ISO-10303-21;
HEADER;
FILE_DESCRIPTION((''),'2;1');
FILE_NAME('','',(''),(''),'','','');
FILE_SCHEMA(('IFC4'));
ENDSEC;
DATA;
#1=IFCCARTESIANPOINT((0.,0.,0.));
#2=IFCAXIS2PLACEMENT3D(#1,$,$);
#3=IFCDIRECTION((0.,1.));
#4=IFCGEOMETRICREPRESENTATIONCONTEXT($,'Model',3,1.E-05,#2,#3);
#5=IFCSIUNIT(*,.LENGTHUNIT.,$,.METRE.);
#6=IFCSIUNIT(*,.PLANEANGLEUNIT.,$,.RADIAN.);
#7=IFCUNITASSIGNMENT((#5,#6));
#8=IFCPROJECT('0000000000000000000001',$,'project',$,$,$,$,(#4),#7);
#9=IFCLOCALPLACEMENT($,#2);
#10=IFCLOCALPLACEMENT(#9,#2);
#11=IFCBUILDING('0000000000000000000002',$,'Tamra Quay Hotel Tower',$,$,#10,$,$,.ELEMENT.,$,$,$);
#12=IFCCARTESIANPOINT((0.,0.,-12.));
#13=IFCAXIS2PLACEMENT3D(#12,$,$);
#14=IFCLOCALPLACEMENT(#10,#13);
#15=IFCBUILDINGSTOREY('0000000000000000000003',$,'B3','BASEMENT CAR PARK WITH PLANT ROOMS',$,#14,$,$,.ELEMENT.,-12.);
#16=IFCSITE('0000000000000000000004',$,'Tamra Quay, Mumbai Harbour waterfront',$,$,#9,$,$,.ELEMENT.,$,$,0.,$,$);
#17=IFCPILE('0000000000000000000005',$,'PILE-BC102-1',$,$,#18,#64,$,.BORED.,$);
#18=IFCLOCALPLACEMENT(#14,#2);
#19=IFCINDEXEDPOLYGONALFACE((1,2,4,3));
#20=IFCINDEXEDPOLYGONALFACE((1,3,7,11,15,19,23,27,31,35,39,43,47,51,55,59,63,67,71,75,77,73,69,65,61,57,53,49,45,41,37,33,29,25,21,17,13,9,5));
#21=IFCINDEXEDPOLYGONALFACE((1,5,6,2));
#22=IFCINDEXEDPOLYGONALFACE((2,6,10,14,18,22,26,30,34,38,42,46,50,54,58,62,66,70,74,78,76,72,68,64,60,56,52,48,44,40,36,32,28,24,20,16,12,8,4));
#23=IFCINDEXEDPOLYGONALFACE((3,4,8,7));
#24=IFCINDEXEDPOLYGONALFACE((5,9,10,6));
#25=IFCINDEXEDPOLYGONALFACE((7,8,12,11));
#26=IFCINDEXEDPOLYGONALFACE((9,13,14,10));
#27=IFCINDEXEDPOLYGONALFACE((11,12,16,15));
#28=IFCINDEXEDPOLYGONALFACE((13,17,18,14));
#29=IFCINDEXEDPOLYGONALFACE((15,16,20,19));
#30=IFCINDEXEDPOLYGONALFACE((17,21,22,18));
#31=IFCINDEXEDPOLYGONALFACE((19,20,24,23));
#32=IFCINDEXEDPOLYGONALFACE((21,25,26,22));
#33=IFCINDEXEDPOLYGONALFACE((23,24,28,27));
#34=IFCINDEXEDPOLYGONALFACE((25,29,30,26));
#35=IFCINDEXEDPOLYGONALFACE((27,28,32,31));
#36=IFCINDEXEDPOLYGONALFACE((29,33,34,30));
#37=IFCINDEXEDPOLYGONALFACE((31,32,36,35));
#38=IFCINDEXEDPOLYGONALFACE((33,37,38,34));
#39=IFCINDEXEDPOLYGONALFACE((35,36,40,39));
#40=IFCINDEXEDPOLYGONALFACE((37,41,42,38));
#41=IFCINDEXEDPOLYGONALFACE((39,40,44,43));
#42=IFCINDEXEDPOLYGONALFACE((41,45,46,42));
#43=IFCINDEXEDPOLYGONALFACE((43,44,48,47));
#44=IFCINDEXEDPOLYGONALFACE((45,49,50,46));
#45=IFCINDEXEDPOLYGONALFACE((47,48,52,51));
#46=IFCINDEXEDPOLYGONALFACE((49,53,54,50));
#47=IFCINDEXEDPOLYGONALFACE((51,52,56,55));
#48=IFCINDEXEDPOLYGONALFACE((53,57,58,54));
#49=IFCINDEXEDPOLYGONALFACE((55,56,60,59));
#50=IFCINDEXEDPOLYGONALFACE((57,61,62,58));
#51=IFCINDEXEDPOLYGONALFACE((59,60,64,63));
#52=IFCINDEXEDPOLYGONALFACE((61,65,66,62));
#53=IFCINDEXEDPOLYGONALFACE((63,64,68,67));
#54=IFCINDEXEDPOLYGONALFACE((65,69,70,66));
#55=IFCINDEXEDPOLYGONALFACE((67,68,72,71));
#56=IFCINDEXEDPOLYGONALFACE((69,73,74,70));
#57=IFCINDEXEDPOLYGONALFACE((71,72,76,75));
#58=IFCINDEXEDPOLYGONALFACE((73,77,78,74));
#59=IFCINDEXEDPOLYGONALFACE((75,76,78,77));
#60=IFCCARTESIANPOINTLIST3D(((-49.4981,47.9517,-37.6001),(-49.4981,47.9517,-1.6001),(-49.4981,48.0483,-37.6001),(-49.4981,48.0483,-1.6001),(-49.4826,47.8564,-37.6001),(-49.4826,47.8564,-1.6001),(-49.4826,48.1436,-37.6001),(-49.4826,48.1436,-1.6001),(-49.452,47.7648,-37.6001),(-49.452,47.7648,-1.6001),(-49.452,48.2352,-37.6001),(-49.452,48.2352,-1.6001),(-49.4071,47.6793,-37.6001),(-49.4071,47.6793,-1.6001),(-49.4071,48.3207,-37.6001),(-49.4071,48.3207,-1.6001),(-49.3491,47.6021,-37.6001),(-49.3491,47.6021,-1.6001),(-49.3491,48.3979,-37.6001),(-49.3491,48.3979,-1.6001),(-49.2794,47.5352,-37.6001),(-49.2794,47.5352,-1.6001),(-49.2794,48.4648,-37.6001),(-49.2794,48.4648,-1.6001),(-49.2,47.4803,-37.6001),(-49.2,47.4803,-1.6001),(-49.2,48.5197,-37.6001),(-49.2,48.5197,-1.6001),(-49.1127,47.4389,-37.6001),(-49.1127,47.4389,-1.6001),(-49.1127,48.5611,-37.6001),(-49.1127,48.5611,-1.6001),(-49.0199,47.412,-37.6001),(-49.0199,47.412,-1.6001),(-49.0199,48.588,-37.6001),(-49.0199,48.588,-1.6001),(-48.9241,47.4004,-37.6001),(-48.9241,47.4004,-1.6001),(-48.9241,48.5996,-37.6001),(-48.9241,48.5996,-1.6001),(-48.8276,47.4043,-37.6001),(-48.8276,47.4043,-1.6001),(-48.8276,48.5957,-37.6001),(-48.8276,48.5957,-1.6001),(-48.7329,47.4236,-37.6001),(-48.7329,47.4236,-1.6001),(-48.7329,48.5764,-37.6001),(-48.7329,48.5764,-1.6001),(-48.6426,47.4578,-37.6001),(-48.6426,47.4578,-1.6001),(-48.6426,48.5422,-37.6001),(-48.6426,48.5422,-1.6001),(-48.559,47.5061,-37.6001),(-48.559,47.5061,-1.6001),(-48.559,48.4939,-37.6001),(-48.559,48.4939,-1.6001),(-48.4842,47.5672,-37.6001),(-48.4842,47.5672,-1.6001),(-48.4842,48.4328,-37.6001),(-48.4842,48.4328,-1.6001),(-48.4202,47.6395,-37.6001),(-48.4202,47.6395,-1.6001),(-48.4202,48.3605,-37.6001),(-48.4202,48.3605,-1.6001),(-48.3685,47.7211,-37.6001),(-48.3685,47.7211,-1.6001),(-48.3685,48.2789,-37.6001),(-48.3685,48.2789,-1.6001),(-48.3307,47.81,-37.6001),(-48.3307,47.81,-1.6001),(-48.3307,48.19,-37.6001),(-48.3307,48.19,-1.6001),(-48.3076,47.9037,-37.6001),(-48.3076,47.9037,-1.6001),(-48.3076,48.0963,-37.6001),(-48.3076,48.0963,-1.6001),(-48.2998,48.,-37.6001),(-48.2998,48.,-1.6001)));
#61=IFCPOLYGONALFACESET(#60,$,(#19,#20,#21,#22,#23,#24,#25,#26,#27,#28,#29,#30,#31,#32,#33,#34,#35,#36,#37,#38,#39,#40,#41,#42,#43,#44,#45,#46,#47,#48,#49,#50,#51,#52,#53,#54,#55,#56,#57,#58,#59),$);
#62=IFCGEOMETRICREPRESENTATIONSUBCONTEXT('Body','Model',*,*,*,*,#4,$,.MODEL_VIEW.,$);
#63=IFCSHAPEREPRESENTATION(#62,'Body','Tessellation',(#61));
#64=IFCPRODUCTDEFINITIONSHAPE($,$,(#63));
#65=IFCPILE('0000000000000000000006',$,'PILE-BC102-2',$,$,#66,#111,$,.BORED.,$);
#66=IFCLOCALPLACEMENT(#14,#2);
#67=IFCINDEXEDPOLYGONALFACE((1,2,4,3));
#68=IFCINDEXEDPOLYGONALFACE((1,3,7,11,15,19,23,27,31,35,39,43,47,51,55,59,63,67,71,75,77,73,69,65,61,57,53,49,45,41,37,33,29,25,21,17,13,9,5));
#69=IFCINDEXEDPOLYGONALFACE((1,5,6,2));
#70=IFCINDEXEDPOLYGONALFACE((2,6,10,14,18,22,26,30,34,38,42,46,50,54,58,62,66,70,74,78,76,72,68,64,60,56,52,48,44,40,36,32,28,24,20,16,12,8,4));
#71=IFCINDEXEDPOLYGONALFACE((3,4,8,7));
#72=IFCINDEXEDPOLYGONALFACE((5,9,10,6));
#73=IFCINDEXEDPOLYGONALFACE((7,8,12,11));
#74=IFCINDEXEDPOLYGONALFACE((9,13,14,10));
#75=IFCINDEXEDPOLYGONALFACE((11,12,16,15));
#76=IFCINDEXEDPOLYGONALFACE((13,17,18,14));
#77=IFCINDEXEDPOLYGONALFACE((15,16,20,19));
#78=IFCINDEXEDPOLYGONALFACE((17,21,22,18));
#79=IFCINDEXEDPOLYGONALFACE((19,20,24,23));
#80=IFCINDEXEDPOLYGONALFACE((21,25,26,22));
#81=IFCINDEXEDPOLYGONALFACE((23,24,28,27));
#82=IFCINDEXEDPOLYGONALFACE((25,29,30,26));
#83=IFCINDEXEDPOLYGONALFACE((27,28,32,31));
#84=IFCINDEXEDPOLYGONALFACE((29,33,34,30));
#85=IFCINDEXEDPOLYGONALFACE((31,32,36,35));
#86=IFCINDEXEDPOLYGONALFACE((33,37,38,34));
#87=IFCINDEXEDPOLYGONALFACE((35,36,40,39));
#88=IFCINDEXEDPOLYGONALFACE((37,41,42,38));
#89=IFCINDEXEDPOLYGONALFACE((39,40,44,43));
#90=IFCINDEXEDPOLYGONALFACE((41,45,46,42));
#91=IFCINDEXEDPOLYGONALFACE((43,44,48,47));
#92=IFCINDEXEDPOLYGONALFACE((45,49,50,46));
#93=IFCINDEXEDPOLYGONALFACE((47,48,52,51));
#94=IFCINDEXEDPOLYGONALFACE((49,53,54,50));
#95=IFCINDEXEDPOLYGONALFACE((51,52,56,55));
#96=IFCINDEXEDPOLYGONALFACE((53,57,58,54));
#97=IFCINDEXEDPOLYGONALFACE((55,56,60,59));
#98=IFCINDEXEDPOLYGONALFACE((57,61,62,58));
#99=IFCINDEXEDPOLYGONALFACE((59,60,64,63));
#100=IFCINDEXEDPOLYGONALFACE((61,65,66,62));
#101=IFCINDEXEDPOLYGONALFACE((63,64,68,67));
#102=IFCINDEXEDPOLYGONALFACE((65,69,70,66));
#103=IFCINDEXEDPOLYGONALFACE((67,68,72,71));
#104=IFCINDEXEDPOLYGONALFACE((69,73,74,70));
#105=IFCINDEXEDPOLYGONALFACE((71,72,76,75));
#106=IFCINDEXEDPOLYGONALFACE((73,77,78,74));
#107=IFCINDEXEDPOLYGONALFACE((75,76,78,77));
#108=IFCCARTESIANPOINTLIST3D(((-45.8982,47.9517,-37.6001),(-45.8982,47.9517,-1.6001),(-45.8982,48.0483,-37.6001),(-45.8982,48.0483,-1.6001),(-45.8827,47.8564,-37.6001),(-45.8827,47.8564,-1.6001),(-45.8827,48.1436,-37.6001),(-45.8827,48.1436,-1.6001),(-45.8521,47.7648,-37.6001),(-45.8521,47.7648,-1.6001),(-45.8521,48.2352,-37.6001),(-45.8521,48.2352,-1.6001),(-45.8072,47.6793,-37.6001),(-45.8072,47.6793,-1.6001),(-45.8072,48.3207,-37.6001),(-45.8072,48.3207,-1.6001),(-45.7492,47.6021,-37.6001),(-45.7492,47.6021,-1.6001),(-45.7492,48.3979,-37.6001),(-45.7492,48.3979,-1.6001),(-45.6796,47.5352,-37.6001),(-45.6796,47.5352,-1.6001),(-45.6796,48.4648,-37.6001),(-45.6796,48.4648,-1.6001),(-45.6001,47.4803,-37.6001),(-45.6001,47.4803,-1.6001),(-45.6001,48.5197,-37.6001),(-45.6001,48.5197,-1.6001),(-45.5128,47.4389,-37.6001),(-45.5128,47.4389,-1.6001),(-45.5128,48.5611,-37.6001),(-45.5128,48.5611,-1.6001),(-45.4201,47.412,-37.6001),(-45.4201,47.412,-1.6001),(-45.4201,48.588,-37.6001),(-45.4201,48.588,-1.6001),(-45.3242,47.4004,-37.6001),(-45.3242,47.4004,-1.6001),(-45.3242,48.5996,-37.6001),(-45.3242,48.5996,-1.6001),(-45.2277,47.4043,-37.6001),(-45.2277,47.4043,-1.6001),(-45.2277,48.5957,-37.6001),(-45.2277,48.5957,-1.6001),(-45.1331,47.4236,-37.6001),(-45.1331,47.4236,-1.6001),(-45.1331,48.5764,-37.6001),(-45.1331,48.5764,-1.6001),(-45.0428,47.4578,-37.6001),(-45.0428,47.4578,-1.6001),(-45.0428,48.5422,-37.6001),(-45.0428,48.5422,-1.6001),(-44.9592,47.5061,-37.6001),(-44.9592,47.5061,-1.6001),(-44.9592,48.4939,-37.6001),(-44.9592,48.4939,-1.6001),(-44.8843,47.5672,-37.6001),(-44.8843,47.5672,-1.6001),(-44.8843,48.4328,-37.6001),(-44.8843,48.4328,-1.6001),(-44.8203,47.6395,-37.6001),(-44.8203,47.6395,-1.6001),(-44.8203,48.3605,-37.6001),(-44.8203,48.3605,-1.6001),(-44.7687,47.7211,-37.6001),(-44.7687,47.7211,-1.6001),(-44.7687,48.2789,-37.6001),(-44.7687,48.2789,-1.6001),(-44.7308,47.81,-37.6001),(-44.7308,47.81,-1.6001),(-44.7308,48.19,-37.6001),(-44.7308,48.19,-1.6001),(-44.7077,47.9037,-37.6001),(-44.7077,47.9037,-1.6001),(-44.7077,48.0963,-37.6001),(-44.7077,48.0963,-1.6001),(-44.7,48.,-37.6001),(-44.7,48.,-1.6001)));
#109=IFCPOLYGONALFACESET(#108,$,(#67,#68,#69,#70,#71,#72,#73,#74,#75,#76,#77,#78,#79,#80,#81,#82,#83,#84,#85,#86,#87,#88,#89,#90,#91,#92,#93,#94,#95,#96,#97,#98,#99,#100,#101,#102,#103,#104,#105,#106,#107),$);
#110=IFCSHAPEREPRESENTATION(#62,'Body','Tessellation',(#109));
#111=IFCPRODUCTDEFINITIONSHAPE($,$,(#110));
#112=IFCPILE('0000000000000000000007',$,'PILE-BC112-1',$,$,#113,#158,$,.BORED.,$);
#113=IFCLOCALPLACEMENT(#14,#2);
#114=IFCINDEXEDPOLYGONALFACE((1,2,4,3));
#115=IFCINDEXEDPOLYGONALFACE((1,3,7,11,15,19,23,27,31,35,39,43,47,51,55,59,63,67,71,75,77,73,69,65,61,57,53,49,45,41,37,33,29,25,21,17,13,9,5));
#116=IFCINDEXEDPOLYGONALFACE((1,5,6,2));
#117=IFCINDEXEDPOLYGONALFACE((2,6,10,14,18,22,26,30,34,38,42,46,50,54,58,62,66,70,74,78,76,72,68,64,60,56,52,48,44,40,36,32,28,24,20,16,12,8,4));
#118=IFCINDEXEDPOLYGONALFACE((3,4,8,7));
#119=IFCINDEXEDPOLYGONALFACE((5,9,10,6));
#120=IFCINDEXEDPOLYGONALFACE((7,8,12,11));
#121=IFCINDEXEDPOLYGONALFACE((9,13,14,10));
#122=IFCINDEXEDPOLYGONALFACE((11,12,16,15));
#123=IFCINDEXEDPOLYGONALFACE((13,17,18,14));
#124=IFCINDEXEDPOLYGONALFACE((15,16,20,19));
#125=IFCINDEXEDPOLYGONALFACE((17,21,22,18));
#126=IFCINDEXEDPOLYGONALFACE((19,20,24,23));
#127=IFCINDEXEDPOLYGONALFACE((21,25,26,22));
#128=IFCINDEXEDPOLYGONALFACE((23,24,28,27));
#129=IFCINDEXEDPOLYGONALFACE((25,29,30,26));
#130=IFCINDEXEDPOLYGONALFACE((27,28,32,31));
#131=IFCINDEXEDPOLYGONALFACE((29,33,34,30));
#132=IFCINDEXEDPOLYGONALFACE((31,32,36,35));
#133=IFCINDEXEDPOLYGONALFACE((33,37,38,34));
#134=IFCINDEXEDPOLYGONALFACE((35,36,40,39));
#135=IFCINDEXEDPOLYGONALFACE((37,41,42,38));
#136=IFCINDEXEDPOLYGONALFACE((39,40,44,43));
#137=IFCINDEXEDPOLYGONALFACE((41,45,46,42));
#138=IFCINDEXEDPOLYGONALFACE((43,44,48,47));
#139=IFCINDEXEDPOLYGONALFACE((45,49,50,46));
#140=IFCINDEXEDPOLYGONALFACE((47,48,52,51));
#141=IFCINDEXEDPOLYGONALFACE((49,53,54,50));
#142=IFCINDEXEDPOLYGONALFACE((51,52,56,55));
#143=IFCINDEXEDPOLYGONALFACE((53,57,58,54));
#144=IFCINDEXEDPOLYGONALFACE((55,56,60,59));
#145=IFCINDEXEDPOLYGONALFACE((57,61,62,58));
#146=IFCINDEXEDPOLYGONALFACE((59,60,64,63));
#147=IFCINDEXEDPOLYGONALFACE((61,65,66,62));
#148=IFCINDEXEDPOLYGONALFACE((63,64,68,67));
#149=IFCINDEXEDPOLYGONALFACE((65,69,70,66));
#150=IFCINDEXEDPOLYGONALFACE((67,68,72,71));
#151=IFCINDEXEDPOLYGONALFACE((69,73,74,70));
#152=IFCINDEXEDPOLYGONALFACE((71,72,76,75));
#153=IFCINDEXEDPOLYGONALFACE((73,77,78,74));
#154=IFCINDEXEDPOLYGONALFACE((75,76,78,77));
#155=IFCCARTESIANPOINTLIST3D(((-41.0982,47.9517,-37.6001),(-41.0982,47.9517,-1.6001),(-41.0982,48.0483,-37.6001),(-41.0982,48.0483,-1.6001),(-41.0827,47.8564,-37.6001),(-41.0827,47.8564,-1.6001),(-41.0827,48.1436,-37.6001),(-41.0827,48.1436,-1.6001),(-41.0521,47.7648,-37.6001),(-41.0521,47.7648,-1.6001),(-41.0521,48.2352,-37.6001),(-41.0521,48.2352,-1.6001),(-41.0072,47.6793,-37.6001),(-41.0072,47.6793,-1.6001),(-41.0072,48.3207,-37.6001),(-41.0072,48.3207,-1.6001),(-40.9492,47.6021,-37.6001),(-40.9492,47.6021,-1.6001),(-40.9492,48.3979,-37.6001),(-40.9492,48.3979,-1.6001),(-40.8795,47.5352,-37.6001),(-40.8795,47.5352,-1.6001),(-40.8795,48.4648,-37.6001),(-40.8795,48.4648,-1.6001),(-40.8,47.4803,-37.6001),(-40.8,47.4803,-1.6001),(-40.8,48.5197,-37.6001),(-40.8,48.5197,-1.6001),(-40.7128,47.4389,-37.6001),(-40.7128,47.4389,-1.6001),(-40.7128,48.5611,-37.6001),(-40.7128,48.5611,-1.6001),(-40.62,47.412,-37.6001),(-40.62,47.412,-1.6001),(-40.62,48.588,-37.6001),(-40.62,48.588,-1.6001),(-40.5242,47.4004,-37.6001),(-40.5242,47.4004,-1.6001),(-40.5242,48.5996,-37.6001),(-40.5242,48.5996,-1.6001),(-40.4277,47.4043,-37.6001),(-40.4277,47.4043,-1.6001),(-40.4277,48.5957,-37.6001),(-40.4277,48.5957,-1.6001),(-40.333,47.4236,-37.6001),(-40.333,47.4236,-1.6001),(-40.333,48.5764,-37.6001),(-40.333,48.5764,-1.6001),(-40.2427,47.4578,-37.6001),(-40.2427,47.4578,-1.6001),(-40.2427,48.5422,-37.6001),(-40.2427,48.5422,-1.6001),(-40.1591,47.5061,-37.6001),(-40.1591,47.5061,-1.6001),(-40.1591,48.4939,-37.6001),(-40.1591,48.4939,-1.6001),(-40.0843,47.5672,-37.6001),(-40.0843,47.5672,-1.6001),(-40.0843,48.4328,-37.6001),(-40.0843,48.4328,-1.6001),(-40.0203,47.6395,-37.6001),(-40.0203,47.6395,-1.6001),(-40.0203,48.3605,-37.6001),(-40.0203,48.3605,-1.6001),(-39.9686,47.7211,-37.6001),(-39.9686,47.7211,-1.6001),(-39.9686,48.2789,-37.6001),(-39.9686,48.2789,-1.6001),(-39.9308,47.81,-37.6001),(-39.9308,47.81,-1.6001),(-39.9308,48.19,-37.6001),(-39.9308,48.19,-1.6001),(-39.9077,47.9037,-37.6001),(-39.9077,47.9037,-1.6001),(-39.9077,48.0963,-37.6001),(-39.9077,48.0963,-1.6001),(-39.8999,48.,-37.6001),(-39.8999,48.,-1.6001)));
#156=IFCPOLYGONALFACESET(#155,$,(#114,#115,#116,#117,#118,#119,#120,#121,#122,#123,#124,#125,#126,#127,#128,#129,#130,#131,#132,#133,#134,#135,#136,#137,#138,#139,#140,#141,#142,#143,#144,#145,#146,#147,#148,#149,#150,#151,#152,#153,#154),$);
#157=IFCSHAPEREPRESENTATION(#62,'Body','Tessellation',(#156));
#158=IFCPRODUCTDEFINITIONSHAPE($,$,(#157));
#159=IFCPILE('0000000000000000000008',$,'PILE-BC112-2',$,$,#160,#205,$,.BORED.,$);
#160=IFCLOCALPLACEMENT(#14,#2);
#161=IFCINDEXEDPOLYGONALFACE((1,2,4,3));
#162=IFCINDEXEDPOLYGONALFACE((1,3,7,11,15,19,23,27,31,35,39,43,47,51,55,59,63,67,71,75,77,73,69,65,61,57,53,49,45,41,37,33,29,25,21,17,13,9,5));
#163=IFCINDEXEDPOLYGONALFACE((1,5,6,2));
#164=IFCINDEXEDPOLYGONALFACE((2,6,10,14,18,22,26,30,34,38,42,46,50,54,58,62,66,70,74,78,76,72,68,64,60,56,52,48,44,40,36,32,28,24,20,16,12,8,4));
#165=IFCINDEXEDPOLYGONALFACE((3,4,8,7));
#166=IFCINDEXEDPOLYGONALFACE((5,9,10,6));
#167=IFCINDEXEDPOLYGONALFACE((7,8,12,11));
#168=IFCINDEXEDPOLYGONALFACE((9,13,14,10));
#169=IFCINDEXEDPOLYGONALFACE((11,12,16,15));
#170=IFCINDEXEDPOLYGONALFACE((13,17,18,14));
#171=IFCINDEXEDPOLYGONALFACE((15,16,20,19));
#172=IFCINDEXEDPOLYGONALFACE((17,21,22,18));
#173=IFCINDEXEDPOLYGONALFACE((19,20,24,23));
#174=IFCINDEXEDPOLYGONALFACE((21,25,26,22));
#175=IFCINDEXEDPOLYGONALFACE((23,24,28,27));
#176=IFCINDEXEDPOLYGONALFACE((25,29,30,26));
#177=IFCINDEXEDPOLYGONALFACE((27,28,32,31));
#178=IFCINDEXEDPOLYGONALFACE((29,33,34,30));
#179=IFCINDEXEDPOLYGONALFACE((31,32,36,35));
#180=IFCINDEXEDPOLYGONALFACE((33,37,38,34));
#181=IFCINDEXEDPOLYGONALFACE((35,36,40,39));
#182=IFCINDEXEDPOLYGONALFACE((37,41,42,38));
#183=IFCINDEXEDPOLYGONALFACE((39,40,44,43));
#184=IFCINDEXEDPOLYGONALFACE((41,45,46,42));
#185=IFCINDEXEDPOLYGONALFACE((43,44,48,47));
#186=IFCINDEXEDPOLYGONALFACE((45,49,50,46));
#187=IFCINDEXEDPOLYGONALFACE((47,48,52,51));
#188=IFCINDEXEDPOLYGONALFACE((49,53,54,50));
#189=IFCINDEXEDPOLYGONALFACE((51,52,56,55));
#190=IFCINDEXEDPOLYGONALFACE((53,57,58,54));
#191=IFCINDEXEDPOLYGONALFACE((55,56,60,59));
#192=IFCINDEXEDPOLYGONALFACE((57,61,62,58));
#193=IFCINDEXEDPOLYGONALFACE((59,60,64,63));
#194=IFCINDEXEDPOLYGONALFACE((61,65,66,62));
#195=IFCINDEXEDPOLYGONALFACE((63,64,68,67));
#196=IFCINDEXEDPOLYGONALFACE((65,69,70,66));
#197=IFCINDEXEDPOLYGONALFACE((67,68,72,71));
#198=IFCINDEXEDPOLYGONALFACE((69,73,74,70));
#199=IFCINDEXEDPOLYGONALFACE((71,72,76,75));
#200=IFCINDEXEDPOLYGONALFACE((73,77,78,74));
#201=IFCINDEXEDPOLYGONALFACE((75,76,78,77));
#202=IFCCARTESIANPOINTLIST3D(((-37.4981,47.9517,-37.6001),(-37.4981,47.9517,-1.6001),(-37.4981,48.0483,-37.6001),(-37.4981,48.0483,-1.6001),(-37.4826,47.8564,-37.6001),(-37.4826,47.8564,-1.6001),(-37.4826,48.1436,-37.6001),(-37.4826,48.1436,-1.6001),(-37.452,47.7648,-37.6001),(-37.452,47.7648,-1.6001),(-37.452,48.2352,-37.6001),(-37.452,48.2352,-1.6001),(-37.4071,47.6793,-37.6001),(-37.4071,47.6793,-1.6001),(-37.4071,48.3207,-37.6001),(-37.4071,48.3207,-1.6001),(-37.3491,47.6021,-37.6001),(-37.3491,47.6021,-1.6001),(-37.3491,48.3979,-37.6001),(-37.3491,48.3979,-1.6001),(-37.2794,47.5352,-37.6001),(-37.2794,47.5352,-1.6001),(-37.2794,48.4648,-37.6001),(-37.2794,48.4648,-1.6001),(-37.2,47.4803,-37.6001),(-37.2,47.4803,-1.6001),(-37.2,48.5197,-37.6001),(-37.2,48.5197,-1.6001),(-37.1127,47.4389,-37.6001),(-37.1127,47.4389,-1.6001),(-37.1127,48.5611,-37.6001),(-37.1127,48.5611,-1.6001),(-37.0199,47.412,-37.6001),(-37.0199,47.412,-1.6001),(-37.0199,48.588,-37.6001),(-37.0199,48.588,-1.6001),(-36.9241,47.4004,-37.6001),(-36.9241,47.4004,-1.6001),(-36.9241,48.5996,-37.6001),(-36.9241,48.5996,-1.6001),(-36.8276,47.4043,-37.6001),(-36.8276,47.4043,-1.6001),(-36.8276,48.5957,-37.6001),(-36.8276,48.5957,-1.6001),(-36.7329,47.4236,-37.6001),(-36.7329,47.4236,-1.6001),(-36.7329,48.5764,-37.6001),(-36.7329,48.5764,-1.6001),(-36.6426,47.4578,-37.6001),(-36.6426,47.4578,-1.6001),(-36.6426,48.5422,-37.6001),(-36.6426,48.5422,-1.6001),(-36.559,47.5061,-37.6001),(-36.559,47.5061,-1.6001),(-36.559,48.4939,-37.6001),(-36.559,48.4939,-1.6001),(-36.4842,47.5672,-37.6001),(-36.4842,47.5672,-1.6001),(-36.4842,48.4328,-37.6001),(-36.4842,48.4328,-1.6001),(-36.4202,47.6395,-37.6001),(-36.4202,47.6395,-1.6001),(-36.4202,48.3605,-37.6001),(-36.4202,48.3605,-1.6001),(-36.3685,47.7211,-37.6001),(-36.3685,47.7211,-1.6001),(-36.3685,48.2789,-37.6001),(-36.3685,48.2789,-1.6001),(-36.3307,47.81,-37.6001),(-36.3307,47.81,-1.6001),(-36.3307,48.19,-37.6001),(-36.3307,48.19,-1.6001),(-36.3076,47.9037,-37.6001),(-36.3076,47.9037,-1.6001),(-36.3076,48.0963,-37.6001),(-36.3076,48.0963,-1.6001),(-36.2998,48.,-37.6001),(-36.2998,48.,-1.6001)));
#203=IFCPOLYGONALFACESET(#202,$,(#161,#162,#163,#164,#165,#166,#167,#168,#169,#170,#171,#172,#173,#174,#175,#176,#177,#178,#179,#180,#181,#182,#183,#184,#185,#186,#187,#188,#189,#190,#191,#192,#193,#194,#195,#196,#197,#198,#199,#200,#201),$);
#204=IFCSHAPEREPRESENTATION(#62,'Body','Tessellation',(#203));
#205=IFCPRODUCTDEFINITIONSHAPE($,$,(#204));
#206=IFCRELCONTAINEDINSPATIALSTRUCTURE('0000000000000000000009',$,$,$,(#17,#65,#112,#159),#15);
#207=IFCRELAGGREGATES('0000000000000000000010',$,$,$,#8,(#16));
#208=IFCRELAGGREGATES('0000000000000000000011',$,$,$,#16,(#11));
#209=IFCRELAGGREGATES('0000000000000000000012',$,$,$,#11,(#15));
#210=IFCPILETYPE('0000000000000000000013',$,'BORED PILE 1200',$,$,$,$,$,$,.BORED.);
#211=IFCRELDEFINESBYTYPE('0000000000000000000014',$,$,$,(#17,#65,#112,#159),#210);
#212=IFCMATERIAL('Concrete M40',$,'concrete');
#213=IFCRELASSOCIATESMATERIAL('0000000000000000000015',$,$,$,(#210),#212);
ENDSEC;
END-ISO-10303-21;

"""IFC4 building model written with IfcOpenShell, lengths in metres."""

from ifc_helpers import new_model, si_unit, direction, frame, origin, origin_2d, place, context, subcontext, project, spatial, circle, extrude, material, material_profile, profile_set, type_object, element, save


model = new_model("IFC4")

# Units and contexts
model_context = context("Model", 3, precision=1e-05, world=origin(), true_north=direction((0.0, 1.0)))
body_context = subcontext(model_context, "Body", "Model", "MODEL_VIEW")
ifc_project = project(units=[si_unit("LENGTHUNIT", "METRE"), si_unit("PLANEANGLEUNIT", "RADIAN")], contexts=[model_context])

# Site, building, storey
site_placement = place(None, origin())
site = spatial("IfcSite", under=ifc_project, at=site_placement, Name="Tamra Quay, Mumbai Harbour waterfront", CompositionType="ELEMENT", RefElevation=0.0)
building_placement = place(site_placement, origin())
building = spatial("IfcBuilding", under=site, at=building_placement, Name="Tamra Quay Hotel Tower", CompositionType="ELEMENT")
storey_placement = place(building_placement, frame((0.0, 0.0, -12.0)))
storey = spatial("IfcBuildingStorey", under=building, at=storey_placement, Name="B3", Description="BASEMENT CAR PARK WITH PLANT ROOMS", CompositionType="ELEMENT", Elevation=-12.0)

# Piles
ifc_material_1 = material(Name="Concrete M40", Category="concrete")
ifc_material_profile_1 = material_profile(ifc_material_1, circle(Radius=0.6001, at=origin_2d()), Name="BORED PILE 1200")
ifc_profile_set_1 = profile_set([ifc_material_profile_1], Name="Concrete M40")
pile_type = type_object("IfcPileType", Name="BORED PILE 1200", PredefinedType="BORED", material=ifc_profile_set_1)
for number, where, z_axis, x_axis, name in (
    (1, (-48.8999, 48.0, -1.6001), (0.0, 0.0, -1.0), (1.0, 0.0, 0.0), "PILE-BC102-1"),
    (2, (-45.3, 48.0, -1.6001), (0.0, 0.0, -1.0), (1.0, 0.0, 0.0), "PILE-BC102-2"),
    (3, (-40.5, 48.0, -1.6001), (0.0, 0.0, -1.0), (1.0, 0.0, 0.0), "PILE-BC112-1"),
    (4, (-36.8999, 48.0, -1.6001), (0.0, 0.0, -1.0), (1.0, 0.0, 0.0), "PILE-BC112-2"),
):
    element("IfcPile", number, at=place(storey_placement, frame(where, z_axis=z_axis, x_axis=x_axis)), inside=storey, type_object=pile_type, Name=name, PredefinedType="BORED", context=body_context, shape_type="SweptSolid", body=[
        extrude(circle(Radius=0.6001, at=origin_2d()), origin(), (0.0, 0.0, 1.0), 36.0),
    ])

save(model, "model.ifc")
